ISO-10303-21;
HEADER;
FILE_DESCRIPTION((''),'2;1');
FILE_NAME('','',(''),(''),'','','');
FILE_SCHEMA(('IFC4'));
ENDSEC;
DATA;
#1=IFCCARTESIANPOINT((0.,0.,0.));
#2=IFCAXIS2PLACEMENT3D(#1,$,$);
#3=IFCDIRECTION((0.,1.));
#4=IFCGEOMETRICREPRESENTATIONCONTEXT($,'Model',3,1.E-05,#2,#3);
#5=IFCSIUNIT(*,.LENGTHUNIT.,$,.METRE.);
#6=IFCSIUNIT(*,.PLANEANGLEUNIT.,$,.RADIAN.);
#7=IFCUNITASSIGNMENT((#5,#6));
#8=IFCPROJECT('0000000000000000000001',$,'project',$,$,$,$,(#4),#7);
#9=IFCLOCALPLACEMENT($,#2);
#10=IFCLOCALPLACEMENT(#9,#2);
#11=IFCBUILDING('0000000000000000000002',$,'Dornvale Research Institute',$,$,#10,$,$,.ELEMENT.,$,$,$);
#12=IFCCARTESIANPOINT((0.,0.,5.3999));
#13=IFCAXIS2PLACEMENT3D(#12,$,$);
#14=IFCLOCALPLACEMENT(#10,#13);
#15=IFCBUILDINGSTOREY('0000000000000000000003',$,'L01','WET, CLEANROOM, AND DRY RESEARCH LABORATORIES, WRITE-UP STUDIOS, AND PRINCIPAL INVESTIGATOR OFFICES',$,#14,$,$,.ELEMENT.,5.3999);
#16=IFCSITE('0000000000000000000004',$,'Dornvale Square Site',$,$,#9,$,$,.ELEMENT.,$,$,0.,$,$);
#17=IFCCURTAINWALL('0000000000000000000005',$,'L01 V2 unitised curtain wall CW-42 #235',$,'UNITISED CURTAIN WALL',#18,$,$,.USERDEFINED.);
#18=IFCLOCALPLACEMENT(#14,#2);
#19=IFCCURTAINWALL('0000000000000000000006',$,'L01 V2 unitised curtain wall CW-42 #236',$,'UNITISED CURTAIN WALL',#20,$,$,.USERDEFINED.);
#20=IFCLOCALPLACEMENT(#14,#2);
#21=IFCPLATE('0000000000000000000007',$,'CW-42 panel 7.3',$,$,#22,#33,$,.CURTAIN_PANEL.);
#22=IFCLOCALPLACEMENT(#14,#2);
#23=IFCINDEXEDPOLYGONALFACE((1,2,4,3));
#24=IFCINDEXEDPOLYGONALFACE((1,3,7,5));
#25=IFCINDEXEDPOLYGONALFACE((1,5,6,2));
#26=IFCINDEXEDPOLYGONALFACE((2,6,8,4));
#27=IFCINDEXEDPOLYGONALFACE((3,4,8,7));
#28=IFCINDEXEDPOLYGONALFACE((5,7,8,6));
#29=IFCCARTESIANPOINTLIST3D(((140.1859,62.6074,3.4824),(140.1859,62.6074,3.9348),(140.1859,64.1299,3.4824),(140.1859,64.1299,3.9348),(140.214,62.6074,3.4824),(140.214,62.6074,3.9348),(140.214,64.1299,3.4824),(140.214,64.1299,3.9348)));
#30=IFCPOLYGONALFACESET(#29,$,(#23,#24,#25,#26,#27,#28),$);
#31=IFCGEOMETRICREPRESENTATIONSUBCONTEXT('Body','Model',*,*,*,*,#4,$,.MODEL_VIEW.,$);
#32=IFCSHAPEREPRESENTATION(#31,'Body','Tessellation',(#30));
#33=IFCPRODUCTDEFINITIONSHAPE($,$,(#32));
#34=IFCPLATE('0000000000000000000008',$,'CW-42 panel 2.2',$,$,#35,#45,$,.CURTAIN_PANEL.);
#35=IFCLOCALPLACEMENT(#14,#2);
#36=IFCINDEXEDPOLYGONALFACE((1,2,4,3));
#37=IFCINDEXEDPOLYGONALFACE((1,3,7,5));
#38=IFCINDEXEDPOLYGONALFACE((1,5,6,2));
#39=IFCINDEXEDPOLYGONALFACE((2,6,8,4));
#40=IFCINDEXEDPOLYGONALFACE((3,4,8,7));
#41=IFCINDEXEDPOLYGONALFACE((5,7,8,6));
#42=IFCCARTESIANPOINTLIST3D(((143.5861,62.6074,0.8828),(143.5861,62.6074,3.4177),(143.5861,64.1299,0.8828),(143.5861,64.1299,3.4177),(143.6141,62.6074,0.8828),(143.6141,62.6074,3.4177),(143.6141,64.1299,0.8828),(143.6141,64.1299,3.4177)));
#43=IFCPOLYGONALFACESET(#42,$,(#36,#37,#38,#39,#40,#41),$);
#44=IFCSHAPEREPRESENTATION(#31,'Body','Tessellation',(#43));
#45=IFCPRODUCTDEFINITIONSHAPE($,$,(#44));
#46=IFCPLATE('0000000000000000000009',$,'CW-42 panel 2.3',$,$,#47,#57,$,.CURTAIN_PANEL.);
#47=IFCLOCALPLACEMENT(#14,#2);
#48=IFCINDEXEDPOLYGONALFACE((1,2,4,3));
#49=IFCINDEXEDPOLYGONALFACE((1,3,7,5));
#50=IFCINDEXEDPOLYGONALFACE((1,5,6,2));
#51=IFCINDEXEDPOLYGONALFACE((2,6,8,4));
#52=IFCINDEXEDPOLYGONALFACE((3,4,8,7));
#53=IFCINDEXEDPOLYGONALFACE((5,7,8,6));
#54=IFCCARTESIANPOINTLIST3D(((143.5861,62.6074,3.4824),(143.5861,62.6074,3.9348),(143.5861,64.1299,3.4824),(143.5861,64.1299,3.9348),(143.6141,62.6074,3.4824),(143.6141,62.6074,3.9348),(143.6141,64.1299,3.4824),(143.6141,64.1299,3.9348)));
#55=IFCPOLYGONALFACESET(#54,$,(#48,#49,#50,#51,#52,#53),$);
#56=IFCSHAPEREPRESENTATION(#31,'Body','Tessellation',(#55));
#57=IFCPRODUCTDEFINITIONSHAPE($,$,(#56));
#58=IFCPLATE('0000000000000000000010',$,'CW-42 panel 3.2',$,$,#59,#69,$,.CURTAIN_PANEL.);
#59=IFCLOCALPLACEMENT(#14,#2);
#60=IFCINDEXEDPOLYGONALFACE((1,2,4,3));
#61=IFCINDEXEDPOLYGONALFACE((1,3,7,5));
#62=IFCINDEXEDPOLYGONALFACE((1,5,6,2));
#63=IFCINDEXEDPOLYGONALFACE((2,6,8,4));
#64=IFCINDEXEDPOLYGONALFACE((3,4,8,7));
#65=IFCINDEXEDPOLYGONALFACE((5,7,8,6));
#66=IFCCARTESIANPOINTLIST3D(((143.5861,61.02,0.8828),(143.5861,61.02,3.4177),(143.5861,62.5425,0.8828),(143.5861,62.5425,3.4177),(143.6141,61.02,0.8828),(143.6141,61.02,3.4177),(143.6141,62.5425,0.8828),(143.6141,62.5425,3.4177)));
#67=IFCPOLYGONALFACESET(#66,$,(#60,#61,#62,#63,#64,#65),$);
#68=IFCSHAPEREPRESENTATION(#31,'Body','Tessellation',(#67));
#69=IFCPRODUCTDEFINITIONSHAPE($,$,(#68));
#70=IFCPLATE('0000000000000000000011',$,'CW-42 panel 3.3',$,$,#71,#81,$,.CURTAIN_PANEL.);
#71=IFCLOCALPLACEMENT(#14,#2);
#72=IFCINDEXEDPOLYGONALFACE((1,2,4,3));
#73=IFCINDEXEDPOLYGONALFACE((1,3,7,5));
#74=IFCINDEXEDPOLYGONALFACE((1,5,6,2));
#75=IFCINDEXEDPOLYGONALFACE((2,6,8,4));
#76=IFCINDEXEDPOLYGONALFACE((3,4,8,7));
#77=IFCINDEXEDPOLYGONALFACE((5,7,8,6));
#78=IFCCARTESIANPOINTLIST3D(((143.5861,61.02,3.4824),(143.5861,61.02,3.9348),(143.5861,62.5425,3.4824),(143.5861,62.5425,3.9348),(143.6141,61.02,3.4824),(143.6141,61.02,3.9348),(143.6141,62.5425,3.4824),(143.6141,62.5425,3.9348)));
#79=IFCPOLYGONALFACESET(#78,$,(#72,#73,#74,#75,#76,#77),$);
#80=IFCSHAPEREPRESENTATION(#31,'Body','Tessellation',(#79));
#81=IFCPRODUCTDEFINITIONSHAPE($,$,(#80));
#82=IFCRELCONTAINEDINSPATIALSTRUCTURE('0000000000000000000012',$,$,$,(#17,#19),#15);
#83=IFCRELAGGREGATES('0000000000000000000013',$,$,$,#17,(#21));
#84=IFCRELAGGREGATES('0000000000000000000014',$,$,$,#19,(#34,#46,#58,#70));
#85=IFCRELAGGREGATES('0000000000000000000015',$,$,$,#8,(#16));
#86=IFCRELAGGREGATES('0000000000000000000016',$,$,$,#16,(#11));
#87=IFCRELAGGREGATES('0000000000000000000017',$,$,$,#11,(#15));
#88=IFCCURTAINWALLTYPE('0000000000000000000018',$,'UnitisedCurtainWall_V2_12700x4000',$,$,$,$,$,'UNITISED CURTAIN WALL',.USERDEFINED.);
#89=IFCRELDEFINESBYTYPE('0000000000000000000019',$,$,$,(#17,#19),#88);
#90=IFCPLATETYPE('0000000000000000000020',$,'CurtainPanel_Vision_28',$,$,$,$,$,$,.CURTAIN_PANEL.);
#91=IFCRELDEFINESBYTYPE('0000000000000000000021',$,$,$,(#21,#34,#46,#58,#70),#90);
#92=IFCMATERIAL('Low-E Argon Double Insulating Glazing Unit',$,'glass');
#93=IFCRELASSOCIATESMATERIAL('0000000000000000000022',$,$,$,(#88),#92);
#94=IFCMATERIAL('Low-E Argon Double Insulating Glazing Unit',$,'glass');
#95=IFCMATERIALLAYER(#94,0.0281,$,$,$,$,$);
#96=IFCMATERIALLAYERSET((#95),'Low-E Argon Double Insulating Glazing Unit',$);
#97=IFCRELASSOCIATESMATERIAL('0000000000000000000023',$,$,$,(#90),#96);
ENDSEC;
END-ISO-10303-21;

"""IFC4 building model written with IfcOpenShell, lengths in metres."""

from ifc_helpers import new_model, si_unit, direction, frame, origin, origin_2d, place, context, subcontext, project, spatial, rectangle, extrude, material, layer, layer_set, type_object, element, aggregate, save


model = new_model("IFC4")

# Units and contexts
model_context = context("Model", 3, precision=1e-05, world=origin(), true_north=direction((0.0, 1.0)))
body_context = subcontext(model_context, "Body", "Model", "MODEL_VIEW")
ifc_project = project(units=[si_unit("LENGTHUNIT", "METRE"), si_unit("PLANEANGLEUNIT", "RADIAN")], contexts=[model_context])

# Site, building, storey
site_placement = place(None, origin())
site = spatial("IfcSite", under=ifc_project, at=site_placement, Name="Dornvale Square Site", CompositionType="ELEMENT", RefElevation=0.0)
building_placement = place(site_placement, origin())
building = spatial("IfcBuilding", under=site, at=building_placement, Name="Dornvale Research Institute", CompositionType="ELEMENT")
storey_placement = place(building_placement, frame((0.0, 0.0, 5.3999)))
storey = spatial("IfcBuildingStorey", under=building, at=storey_placement, Name="L01", Description="WET, CLEANROOM, AND DRY RESEARCH LABORATORIES, WRITE-UP STUDIOS, AND PRINCIPAL INVESTIGATOR OFFICES", CompositionType="ELEMENT", Elevation=5.3999)

# Curtain walls
ifc_material_1 = material(Name="Low-E Argon Double Insulating Glazing Unit", Category="glass")
curtain_wall_type = type_object("IfcCurtainWallType", Name="UnitisedCurtainWall_V2_12700x4000", ElementType="UNITISED CURTAIN WALL", PredefinedType="USERDEFINED", material=ifc_material_1)
curtain_wall_1_placement = place(storey_placement, origin())
curtain_wall_1 = element("IfcCurtainWall", 1, at=curtain_wall_1_placement, inside=storey, type_object=curtain_wall_type, Name="L01 V2 unitised curtain wall CW-42 #235", ObjectType="UNITISED CURTAIN WALL", PredefinedType="USERDEFINED")
curtain_wall_2_placement = place(storey_placement, origin())
curtain_wall_2 = element("IfcCurtainWall", 2, at=curtain_wall_2_placement, inside=storey, type_object=curtain_wall_type, Name="L01 V2 unitised curtain wall CW-42 #236", ObjectType="UNITISED CURTAIN WALL", PredefinedType="USERDEFINED")

# Plates
ifc_material_2 = material(Name="Low-E Argon Double Insulating Glazing Unit", Category="glass")
ifc_layer_1 = layer(ifc_material_2, 0.0281)
ifc_layer_set_1 = layer_set([ifc_layer_1], Name="Low-E Argon Double Insulating Glazing Unit")
plate_type_1 = type_object("IfcPlateType", Name="CurtainPanel_Vision_28", PredefinedType="CURTAIN_PANEL", material=ifc_layer_set_1)
plate_1_placement = place(storey_placement, frame((140.2, 63.3687, 3.4824), z_axis=(0.0, 0.0, 1.0), x_axis=(0.0, 1.0, 0.0)))
plate_1 = element("IfcPlate", 3, at=plate_1_placement, type_object=plate_type_1, Name="CW-42 panel 7.3", PredefinedType="CURTAIN_PANEL", context=body_context, shape_type="SweptSolid", body=[
    extrude(rectangle(XDim=1.5225, YDim=0.0281, at=origin_2d()), origin(), (0.0, 0.0, 1.0), 0.4524),
])
aggregate(curtain_wall_1, [plate_1])
plate_2_placement = place(storey_placement, frame((143.6001, 63.3687, 0.8828), z_axis=(0.0, 0.0, 1.0), x_axis=(0.0, -1.0, 0.0)))
plate_2 = element("IfcPlate", 4, at=plate_2_placement, type_object=plate_type_1, Name="CW-42 panel 2.2", PredefinedType="CURTAIN_PANEL", context=body_context, shape_type="SweptSolid", body=[
    extrude(rectangle(XDim=1.5225, YDim=0.0281, at=origin_2d()), origin(), (0.0, 0.0, 1.0), 2.5349),
])
plate_3_placement = place(storey_placement, frame((143.6001, 63.3687, 3.4824), z_axis=(0.0, 0.0, 1.0), x_axis=(0.0, -1.0, 0.0)))
plate_3 = element("IfcPlate", 5, at=plate_3_placement, type_object=plate_type_1, Name="CW-42 panel 2.3", PredefinedType="CURTAIN_PANEL", context=body_context, shape_type="SweptSolid", body=[
    extrude(rectangle(XDim=1.5225, YDim=0.0281, at=origin_2d()), origin(), (0.0, 0.0, 1.0), 0.4524),
])
plate_4_placement = place(storey_placement, frame((143.6001, 61.7812, 0.8828), z_axis=(0.0, 0.0, 1.0), x_axis=(0.0, -1.0, 0.0)))
plate_4 = element("IfcPlate", 6, at=plate_4_placement, type_object=plate_type_1, Name="CW-42 panel 3.2", PredefinedType="CURTAIN_PANEL", context=body_context, shape_type="SweptSolid", body=[
    extrude(rectangle(XDim=1.5225, YDim=0.0281, at=origin_2d()), origin(), (0.0, 0.0, 1.0), 2.5349),
])
plate_5_placement = place(storey_placement, frame((143.6001, 61.7812, 3.4824), z_axis=(0.0, 0.0, 1.0), x_axis=(0.0, -1.0, 0.0)))
plate_5 = element("IfcPlate", 7, at=plate_5_placement, type_object=plate_type_1, Name="CW-42 panel 3.3", PredefinedType="CURTAIN_PANEL", context=body_context, shape_type="SweptSolid", body=[
    extrude(rectangle(XDim=1.5225, YDim=0.0281, at=origin_2d()), origin(), (0.0, 0.0, 1.0), 0.4524),
])
aggregate(curtain_wall_2, [plate_2, plate_3, plate_4, plate_5])

save(model, "model.ifc")
